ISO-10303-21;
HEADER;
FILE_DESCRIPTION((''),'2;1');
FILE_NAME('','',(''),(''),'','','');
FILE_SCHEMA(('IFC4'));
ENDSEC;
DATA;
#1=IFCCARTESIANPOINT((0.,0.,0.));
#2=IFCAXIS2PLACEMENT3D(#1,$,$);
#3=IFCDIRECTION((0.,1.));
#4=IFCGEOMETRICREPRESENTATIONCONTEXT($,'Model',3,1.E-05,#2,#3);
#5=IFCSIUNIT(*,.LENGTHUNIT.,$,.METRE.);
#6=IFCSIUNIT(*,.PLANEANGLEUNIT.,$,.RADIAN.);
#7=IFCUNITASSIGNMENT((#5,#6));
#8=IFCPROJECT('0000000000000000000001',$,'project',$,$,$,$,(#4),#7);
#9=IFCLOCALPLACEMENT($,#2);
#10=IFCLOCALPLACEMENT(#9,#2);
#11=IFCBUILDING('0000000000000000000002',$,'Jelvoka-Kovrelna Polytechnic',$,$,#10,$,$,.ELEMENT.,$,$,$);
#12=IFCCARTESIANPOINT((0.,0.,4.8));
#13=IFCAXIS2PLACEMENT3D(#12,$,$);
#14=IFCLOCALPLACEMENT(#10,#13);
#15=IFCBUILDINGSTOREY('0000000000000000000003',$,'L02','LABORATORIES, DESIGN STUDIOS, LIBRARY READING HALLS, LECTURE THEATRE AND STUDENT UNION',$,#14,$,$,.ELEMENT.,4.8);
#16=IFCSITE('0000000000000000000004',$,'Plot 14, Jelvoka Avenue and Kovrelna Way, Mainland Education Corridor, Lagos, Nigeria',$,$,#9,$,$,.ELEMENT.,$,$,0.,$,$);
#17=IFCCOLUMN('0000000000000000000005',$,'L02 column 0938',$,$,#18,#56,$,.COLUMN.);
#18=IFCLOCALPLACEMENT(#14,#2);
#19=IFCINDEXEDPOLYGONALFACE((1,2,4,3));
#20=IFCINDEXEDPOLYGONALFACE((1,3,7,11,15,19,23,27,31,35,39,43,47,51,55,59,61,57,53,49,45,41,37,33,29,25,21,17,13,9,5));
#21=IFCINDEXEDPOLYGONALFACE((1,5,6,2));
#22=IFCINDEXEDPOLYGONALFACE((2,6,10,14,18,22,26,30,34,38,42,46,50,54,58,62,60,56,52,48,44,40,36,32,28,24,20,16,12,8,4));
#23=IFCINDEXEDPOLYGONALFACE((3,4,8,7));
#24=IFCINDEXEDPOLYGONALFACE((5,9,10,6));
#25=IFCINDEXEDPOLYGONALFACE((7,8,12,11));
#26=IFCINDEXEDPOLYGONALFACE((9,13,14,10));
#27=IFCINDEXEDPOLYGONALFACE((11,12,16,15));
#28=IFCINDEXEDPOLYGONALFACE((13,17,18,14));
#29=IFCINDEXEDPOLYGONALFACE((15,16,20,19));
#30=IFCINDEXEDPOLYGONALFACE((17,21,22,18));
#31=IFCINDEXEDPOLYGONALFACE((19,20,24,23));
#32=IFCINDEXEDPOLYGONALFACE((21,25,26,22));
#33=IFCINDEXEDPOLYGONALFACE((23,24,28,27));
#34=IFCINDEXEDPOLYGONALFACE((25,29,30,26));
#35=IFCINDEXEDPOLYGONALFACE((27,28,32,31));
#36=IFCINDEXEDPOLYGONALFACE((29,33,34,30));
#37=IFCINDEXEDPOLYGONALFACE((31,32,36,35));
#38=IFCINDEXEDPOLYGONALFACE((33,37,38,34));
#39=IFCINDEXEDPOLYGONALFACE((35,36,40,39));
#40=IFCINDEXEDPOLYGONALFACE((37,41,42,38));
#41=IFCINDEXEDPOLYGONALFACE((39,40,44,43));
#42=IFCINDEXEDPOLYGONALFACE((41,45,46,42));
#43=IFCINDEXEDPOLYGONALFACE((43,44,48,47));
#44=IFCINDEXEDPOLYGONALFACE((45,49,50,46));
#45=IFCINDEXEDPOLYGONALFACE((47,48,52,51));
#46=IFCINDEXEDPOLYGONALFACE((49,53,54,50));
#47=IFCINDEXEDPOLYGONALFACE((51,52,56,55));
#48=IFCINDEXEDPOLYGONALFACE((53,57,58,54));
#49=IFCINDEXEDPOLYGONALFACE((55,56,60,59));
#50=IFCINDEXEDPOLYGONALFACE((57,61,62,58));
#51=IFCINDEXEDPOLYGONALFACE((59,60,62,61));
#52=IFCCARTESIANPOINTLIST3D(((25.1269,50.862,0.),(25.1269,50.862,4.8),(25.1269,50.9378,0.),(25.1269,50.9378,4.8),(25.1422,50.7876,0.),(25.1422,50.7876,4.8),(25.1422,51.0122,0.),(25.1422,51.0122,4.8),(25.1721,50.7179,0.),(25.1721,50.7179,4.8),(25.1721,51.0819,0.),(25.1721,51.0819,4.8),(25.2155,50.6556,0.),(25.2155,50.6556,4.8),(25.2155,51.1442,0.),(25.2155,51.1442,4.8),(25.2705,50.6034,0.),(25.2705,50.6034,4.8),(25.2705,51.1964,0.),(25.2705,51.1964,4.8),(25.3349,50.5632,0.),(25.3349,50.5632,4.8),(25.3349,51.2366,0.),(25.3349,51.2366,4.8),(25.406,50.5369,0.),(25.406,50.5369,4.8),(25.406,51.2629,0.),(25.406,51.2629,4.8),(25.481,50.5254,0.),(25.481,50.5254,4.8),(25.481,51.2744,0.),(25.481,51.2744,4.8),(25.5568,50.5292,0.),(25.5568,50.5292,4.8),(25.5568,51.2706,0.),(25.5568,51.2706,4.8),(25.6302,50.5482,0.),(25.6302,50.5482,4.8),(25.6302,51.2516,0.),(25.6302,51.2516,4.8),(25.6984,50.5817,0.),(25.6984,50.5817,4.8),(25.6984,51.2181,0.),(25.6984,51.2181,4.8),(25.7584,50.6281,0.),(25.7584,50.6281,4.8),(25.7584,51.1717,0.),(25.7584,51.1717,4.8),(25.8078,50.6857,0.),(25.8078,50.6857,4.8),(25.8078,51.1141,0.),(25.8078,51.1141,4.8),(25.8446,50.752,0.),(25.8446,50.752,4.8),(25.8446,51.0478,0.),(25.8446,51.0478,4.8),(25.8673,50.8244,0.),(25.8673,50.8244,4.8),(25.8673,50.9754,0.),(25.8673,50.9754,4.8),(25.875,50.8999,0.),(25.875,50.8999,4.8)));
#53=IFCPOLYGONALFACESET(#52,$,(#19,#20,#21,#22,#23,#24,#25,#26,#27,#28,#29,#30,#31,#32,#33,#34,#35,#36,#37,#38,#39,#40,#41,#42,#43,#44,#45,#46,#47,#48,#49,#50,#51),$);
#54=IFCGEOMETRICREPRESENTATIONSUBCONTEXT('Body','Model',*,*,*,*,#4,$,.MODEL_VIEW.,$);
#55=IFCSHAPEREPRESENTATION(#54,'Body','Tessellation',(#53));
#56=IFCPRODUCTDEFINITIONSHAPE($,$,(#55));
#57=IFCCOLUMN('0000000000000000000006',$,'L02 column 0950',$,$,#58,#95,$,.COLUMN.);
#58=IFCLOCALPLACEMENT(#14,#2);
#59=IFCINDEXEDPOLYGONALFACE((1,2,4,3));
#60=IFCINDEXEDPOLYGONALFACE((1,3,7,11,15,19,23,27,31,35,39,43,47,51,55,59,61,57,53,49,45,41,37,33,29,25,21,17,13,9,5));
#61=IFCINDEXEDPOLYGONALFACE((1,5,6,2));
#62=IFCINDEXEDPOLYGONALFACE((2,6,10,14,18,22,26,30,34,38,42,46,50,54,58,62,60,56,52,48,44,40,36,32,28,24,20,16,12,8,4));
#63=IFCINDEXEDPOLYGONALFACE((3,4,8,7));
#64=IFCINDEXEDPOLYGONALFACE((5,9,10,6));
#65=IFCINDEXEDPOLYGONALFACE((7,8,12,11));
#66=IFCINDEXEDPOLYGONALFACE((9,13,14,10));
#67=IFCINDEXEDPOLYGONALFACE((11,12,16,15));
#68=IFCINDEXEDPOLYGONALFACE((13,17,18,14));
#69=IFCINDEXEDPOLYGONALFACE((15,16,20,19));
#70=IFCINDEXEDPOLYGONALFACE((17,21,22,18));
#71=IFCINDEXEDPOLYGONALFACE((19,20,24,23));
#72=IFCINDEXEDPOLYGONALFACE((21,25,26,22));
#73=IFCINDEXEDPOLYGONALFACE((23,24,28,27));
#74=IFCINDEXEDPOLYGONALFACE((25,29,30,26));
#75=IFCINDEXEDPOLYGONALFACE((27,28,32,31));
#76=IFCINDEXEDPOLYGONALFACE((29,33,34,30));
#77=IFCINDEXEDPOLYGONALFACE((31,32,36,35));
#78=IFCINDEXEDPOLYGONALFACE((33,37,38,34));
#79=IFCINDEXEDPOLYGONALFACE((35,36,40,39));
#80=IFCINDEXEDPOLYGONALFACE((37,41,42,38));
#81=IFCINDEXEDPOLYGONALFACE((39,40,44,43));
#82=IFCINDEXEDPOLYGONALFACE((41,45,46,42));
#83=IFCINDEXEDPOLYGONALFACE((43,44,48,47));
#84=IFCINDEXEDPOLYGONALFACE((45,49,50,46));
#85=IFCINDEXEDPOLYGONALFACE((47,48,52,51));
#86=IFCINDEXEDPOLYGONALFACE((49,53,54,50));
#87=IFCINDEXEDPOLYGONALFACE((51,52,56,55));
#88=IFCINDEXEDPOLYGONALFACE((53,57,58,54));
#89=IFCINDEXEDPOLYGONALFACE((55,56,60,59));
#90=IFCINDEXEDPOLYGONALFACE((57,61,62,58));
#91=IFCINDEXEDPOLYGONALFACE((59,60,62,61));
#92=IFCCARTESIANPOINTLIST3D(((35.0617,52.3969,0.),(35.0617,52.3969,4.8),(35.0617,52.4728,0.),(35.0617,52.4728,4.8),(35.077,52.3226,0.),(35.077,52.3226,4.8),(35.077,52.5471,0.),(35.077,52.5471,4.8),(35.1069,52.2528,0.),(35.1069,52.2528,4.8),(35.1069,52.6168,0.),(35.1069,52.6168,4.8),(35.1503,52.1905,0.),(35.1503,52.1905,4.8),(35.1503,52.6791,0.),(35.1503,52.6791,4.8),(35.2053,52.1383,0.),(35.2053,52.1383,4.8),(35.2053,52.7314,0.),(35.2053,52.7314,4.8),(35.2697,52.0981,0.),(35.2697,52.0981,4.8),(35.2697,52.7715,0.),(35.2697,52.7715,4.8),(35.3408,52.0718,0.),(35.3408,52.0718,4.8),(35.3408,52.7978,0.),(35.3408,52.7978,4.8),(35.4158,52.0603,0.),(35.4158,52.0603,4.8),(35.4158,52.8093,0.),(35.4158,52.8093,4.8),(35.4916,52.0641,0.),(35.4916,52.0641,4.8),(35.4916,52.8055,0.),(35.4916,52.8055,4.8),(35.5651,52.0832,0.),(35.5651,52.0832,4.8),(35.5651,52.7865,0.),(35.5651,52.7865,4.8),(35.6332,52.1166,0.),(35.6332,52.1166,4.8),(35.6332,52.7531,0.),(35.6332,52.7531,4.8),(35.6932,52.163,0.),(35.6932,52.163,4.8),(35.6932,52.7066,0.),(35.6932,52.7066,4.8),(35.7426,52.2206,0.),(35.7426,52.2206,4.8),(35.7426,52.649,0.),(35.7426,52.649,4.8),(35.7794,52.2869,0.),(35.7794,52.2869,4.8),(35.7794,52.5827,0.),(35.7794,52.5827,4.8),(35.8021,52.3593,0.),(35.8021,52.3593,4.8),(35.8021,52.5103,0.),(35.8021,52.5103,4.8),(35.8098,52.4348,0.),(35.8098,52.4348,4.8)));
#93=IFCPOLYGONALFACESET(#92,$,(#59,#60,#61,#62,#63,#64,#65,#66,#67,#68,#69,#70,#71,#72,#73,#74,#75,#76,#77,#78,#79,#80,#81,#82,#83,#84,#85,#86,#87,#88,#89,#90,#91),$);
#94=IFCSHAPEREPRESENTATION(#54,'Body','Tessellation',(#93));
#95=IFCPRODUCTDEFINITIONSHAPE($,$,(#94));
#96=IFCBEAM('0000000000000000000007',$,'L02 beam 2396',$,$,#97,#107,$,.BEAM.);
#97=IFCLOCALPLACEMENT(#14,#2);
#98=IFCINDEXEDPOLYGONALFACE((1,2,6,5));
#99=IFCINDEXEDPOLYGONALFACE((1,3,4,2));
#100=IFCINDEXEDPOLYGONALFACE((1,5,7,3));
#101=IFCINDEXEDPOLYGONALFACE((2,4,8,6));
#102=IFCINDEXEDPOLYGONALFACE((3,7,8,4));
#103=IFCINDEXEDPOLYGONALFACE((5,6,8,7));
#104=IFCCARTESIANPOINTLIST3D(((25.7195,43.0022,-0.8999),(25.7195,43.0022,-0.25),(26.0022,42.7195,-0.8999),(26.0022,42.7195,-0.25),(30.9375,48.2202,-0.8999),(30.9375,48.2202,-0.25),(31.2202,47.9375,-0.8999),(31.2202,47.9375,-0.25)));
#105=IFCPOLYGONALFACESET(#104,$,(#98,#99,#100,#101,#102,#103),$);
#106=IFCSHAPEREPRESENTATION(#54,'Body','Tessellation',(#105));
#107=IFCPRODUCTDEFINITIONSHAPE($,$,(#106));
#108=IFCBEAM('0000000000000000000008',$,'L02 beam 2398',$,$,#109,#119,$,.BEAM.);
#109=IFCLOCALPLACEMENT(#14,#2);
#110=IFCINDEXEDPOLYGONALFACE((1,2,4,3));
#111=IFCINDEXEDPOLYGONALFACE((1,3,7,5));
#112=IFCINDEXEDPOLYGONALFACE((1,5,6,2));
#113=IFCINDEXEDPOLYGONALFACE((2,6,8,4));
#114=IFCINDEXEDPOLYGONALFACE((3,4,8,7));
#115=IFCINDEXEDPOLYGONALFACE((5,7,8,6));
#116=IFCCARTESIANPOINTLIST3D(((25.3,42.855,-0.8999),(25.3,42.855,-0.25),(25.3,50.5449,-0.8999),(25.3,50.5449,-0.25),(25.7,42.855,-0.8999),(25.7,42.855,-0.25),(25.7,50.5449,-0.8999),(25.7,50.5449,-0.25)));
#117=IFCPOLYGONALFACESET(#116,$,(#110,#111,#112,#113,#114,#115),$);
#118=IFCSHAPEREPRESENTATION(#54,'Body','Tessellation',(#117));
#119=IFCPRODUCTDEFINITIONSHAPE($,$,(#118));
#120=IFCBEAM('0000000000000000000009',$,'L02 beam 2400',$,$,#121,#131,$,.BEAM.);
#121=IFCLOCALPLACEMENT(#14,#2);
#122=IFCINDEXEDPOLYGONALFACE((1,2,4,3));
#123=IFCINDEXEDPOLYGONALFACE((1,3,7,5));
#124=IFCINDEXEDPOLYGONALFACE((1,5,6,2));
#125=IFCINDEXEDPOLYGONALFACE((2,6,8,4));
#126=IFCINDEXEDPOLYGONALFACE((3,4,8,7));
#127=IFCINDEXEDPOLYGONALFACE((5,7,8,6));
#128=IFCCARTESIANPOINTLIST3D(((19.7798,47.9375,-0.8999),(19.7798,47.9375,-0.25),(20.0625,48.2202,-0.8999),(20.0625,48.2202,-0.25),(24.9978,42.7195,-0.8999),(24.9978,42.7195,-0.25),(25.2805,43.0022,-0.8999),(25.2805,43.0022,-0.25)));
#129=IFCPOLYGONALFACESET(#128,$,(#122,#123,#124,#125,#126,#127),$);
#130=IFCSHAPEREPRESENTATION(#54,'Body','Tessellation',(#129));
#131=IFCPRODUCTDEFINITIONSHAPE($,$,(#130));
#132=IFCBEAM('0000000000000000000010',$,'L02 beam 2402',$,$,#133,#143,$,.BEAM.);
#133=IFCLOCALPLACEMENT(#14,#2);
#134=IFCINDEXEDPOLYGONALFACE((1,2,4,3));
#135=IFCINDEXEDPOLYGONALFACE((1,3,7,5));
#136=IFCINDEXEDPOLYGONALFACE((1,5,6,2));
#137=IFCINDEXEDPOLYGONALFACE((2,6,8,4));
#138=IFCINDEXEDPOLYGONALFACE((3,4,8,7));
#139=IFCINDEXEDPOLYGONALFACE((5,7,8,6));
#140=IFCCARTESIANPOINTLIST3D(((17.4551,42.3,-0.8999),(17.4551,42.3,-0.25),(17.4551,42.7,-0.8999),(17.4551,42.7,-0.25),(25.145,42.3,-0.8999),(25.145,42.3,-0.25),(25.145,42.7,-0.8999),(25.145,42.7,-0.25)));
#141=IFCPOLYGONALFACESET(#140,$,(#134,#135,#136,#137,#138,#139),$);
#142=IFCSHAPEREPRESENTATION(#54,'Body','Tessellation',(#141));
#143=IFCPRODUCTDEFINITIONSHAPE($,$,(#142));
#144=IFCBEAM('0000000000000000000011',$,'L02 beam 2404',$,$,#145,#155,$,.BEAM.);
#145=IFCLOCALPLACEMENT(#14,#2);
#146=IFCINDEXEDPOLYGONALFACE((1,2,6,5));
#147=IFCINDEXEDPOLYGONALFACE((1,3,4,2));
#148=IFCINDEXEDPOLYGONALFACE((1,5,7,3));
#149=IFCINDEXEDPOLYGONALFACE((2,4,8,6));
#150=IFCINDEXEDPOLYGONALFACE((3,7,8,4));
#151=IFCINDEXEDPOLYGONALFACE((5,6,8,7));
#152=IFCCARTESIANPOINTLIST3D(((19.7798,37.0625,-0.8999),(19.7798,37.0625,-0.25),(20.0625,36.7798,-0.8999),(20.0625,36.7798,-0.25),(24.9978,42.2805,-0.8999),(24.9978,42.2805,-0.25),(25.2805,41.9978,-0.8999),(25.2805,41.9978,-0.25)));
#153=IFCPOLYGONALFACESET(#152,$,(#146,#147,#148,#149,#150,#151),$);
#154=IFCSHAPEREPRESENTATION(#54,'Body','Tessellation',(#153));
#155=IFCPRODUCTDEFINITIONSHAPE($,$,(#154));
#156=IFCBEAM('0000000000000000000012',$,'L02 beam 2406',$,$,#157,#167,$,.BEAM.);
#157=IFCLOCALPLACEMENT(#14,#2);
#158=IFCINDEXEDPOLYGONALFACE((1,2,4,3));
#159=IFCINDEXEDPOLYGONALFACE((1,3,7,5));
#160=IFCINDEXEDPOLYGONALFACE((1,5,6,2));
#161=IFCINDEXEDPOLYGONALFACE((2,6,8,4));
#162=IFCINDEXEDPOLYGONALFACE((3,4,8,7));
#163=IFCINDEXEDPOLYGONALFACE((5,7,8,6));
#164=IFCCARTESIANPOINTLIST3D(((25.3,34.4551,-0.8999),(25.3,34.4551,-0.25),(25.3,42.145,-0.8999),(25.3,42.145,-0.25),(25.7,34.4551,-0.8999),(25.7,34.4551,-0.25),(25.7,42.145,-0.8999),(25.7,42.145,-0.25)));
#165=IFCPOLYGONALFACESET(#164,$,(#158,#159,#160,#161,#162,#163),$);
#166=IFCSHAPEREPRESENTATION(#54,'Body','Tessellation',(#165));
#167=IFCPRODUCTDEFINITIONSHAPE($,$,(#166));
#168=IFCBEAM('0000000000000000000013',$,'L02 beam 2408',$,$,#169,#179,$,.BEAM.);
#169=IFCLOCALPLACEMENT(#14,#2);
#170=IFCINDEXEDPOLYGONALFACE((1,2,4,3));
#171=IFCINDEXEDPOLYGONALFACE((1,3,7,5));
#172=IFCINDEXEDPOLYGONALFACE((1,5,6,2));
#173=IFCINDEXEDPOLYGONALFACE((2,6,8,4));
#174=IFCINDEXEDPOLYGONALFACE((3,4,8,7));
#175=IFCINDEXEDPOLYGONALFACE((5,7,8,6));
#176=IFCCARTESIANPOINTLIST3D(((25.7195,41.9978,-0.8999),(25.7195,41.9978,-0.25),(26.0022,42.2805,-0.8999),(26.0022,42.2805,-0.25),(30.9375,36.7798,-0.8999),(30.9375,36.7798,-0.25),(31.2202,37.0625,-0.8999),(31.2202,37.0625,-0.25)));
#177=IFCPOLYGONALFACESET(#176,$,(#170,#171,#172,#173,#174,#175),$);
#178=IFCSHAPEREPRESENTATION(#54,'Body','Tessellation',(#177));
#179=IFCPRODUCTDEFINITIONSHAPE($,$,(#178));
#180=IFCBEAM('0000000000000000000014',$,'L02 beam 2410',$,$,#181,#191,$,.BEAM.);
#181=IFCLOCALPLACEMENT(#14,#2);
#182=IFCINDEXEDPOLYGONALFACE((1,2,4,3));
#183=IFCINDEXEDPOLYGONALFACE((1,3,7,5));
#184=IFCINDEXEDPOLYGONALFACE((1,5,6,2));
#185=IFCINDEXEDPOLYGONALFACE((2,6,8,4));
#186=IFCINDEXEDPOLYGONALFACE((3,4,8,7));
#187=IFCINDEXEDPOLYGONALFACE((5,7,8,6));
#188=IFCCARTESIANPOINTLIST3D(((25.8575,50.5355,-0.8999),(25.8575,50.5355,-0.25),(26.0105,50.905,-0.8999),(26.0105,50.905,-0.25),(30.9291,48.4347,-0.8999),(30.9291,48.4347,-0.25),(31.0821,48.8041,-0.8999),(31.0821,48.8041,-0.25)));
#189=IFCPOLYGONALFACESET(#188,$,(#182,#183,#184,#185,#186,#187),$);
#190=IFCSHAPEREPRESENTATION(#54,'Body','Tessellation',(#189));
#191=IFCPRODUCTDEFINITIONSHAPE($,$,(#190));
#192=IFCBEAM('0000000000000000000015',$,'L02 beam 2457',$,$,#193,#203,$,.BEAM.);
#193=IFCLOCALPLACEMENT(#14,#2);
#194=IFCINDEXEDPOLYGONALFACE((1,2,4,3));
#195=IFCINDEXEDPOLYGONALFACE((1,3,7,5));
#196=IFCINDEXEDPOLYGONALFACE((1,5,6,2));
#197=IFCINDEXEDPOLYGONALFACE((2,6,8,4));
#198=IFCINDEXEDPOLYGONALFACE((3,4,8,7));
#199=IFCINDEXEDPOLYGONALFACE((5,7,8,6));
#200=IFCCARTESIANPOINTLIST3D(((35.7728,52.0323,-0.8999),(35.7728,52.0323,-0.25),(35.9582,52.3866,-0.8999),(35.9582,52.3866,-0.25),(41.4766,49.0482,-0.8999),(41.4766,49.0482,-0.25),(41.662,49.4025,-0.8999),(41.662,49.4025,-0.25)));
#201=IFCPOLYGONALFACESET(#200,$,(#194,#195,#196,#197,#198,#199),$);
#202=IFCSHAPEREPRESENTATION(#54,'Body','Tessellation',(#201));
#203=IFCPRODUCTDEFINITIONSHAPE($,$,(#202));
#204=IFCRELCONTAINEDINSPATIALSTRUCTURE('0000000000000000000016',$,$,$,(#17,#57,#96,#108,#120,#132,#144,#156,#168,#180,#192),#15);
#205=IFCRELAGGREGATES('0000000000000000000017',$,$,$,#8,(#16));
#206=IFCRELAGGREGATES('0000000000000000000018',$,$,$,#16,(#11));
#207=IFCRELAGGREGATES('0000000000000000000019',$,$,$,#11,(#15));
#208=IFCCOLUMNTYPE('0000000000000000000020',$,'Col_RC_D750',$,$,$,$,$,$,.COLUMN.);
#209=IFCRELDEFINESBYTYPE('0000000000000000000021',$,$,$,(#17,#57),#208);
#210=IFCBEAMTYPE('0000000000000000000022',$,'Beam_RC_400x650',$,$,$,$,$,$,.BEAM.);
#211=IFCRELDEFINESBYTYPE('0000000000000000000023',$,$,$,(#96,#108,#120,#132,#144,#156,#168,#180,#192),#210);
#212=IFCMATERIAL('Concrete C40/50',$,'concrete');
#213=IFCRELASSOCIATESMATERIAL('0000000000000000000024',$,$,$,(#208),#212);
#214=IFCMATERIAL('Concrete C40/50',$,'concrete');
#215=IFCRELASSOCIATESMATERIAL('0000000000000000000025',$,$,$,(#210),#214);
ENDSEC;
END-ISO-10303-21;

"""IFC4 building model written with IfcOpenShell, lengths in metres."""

from ifc_helpers import new_model, si_unit, direction, frame, origin, origin_2d, place, context, subcontext, project, spatial, rectangle, circle, extrude, material, material_profile, profile_set, type_object, element, save


model = new_model("IFC4")

# Units and contexts
model_context = context("Model", 3, precision=1e-05, world=origin(), true_north=direction((0.0, 1.0)))
body_context = subcontext(model_context, "Body", "Model", "MODEL_VIEW")
ifc_project = project(units=[si_unit("LENGTHUNIT", "METRE"), si_unit("PLANEANGLEUNIT", "RADIAN")], contexts=[model_context])

# Site, building, storey
site_placement = place(None, origin())
site = spatial("IfcSite", under=ifc_project, at=site_placement, Name="Plot 14, Jelvoka Avenue and Kovrelna Way, Mainland Education Corridor, Lagos, Nigeria", CompositionType="ELEMENT", RefElevation=0.0)
building_placement = place(site_placement, origin())
building = spatial("IfcBuilding", under=site, at=building_placement, Name="Jelvoka-Kovrelna Polytechnic", CompositionType="ELEMENT")
storey_placement = place(building_placement, frame((0.0, 0.0, 4.8)))
storey = spatial("IfcBuildingStorey", under=building, at=storey_placement, Name="L02", Description="LABORATORIES, DESIGN STUDIOS, LIBRARY READING HALLS, LECTURE THEATRE AND STUDENT UNION", CompositionType="ELEMENT", Elevation=4.8)

# Columns
ifc_material_1 = material(Name="Concrete C40/50", Category="concrete")
ifc_material_profile_1 = material_profile(ifc_material_1, circle(Radius=0.375, at=origin_2d()), Name="RC D750")
ifc_profile_set_1 = profile_set([ifc_material_profile_1], Name="Concrete C40/50")
column_type_1 = type_object("IfcColumnType", Name="Col_RC_D750", PredefinedType="COLUMN", material=ifc_profile_set_1)
for number, where, z_axis, x_axis, name in (
    (1, (25.5, 50.8999, 0.0), (0.0, 0.0, 1.0), (1.0, 0.0, 0.0), "L02 column 0938"),
    (2, (35.4348, 52.4348, 0.0), (0.0, 0.0, 1.0), (1.0, 0.0, 0.0), "L02 column 0950"),
):
    element("IfcColumn", number, at=place(storey_placement, frame(where, z_axis=z_axis, x_axis=x_axis)), inside=storey, type_object=column_type_1, Name=name, PredefinedType="COLUMN", context=body_context, shape_type="SweptSolid", body=[
        extrude(circle(Radius=0.375, at=origin_2d()), origin(), (0.0, 0.0, 1.0), 4.8),
    ])

# Beams
ifc_material_2 = material(Name="Concrete C40/50", Category="concrete")
ifc_material_profile_2 = material_profile(ifc_material_2, rectangle(XDim=0.3999, YDim=0.6499, at=origin_2d()), Name="RC 400x650")
ifc_profile_set_2 = profile_set([ifc_material_profile_2], Name="Concrete C40/50")
beam_type_1 = type_object("IfcBeamType", Name="Beam_RC_400x650", PredefinedType="BEAM", material=ifc_profile_set_2)
beam_1_placement = place(storey_placement, frame((25.8608, 42.8608, -0.575), z_axis=(0.707107, 0.707107, 0.0), x_axis=(-0.707107, 0.707107, 0.0)))
element("IfcBeam", 3, at=beam_1_placement, inside=storey, type_object=beam_type_1, Name="L02 beam 2396", PredefinedType="BEAM", context=body_context, shape_type="SweptSolid", body=[
    extrude(rectangle(XDim=0.3999, YDim=0.6499, at=origin_2d()), origin(), (0.0, 0.0, 1.0), 7.3794),
])
beam_2_placement = place(storey_placement, frame((25.5, 42.855, -0.575), z_axis=(0.0, 1.0, 0.0), x_axis=(-1.0, 0.0, 0.0)))
element("IfcBeam", 4, at=beam_2_placement, inside=storey, type_object=beam_type_1, Name="L02 beam 2398", PredefinedType="BEAM", context=body_context, shape_type="SweptSolid", body=[
    extrude(rectangle(XDim=0.3999, YDim=0.6499, at=origin_2d()), origin(), (0.0, 0.0, 1.0), 7.6899),
])
beam_3_placement = place(storey_placement, frame((25.1392, 42.8608, -0.575), z_axis=(-0.707107, 0.707107, 0.0), x_axis=(-0.707107, -0.707107, 0.0)))
element("IfcBeam", 5, at=beam_3_placement, inside=storey, type_object=beam_type_1, Name="L02 beam 2400", PredefinedType="BEAM", context=body_context, shape_type="SweptSolid", body=[
    extrude(rectangle(XDim=0.3999, YDim=0.6499, at=origin_2d()), origin(), (0.0, 0.0, 1.0), 7.3794),
])
beam_4_placement = place(storey_placement, frame((25.145, 42.5, -0.575), z_axis=(-1.0, 0.0, 0.0), x_axis=(0.0, -1.0, 0.0)))
element("IfcBeam", 6, at=beam_4_placement, inside=storey, type_object=beam_type_1, Name="L02 beam 2402", PredefinedType="BEAM", context=body_context, shape_type="SweptSolid", body=[
    extrude(rectangle(XDim=0.3999, YDim=0.6499, at=origin_2d()), origin(), (0.0, 0.0, 1.0), 7.6899),
])
beam_5_placement = place(storey_placement, frame((25.1392, 42.1392, -0.575), z_axis=(-0.707107, -0.707107, 0.0), x_axis=(0.707107, -0.707107, 0.0)))
element("IfcBeam", 7, at=beam_5_placement, inside=storey, type_object=beam_type_1, Name="L02 beam 2404", PredefinedType="BEAM", context=body_context, shape_type="SweptSolid", body=[
    extrude(rectangle(XDim=0.3999, YDim=0.6499, at=origin_2d()), origin(), (0.0, 0.0, 1.0), 7.3794),
])
beam_6_placement = place(storey_placement, frame((25.5, 42.145, -0.575), z_axis=(0.0, -1.0, 0.0), x_axis=(1.0, 0.0, 0.0)))
element("IfcBeam", 8, at=beam_6_placement, inside=storey, type_object=beam_type_1, Name="L02 beam 2406", PredefinedType="BEAM", context=body_context, shape_type="SweptSolid", body=[
    extrude(rectangle(XDim=0.3999, YDim=0.6499, at=origin_2d()), origin(), (0.0, 0.0, 1.0), 7.6899),
])
beam_7_placement = place(storey_placement, frame((25.8608, 42.1392, -0.575), z_axis=(0.707107, -0.707107, 0.0), x_axis=(0.707107, 0.707107, 0.0)))
element("IfcBeam", 9, at=beam_7_placement, inside=storey, type_object=beam_type_1, Name="L02 beam 2408", PredefinedType="BEAM", context=body_context, shape_type="SweptSolid", body=[
    extrude(rectangle(XDim=0.3999, YDim=0.6499, at=origin_2d()), origin(), (0.0, 0.0, 1.0), 7.3794),
])
beam_8_placement = place(storey_placement, frame((31.0056, 48.6194, -0.575), z_axis=(-0.923871, 0.382704, 0.0), x_axis=(-0.382704, -0.923871, 0.0)))
element("IfcBeam", 10, at=beam_8_placement, inside=storey, type_object=beam_type_1, Name="L02 beam 2410", PredefinedType="BEAM", context=body_context, shape_type="SweptSolid", body=[
    extrude(rectangle(XDim=0.3999, YDim=0.6499, at=origin_2d()), origin(), (0.0, 0.0, 1.0), 5.4895),
])
beam_9_placement = place(storey_placement, frame((35.8655, 52.2095, -0.575), z_axis=(0.886062, -0.463568, 0.0), x_axis=(0.463568, 0.886062, 0.0)))
element("IfcBeam", 11, at=beam_9_placement, inside=storey, type_object=beam_type_1, Name="L02 beam 2457", PredefinedType="BEAM", context=body_context, shape_type="SweptSolid", body=[
    extrude(rectangle(XDim=0.3999, YDim=0.6499, at=origin_2d()), origin(), (0.0, 0.0, 1.0), 6.4373),
])

save(model, "model.ifc")
